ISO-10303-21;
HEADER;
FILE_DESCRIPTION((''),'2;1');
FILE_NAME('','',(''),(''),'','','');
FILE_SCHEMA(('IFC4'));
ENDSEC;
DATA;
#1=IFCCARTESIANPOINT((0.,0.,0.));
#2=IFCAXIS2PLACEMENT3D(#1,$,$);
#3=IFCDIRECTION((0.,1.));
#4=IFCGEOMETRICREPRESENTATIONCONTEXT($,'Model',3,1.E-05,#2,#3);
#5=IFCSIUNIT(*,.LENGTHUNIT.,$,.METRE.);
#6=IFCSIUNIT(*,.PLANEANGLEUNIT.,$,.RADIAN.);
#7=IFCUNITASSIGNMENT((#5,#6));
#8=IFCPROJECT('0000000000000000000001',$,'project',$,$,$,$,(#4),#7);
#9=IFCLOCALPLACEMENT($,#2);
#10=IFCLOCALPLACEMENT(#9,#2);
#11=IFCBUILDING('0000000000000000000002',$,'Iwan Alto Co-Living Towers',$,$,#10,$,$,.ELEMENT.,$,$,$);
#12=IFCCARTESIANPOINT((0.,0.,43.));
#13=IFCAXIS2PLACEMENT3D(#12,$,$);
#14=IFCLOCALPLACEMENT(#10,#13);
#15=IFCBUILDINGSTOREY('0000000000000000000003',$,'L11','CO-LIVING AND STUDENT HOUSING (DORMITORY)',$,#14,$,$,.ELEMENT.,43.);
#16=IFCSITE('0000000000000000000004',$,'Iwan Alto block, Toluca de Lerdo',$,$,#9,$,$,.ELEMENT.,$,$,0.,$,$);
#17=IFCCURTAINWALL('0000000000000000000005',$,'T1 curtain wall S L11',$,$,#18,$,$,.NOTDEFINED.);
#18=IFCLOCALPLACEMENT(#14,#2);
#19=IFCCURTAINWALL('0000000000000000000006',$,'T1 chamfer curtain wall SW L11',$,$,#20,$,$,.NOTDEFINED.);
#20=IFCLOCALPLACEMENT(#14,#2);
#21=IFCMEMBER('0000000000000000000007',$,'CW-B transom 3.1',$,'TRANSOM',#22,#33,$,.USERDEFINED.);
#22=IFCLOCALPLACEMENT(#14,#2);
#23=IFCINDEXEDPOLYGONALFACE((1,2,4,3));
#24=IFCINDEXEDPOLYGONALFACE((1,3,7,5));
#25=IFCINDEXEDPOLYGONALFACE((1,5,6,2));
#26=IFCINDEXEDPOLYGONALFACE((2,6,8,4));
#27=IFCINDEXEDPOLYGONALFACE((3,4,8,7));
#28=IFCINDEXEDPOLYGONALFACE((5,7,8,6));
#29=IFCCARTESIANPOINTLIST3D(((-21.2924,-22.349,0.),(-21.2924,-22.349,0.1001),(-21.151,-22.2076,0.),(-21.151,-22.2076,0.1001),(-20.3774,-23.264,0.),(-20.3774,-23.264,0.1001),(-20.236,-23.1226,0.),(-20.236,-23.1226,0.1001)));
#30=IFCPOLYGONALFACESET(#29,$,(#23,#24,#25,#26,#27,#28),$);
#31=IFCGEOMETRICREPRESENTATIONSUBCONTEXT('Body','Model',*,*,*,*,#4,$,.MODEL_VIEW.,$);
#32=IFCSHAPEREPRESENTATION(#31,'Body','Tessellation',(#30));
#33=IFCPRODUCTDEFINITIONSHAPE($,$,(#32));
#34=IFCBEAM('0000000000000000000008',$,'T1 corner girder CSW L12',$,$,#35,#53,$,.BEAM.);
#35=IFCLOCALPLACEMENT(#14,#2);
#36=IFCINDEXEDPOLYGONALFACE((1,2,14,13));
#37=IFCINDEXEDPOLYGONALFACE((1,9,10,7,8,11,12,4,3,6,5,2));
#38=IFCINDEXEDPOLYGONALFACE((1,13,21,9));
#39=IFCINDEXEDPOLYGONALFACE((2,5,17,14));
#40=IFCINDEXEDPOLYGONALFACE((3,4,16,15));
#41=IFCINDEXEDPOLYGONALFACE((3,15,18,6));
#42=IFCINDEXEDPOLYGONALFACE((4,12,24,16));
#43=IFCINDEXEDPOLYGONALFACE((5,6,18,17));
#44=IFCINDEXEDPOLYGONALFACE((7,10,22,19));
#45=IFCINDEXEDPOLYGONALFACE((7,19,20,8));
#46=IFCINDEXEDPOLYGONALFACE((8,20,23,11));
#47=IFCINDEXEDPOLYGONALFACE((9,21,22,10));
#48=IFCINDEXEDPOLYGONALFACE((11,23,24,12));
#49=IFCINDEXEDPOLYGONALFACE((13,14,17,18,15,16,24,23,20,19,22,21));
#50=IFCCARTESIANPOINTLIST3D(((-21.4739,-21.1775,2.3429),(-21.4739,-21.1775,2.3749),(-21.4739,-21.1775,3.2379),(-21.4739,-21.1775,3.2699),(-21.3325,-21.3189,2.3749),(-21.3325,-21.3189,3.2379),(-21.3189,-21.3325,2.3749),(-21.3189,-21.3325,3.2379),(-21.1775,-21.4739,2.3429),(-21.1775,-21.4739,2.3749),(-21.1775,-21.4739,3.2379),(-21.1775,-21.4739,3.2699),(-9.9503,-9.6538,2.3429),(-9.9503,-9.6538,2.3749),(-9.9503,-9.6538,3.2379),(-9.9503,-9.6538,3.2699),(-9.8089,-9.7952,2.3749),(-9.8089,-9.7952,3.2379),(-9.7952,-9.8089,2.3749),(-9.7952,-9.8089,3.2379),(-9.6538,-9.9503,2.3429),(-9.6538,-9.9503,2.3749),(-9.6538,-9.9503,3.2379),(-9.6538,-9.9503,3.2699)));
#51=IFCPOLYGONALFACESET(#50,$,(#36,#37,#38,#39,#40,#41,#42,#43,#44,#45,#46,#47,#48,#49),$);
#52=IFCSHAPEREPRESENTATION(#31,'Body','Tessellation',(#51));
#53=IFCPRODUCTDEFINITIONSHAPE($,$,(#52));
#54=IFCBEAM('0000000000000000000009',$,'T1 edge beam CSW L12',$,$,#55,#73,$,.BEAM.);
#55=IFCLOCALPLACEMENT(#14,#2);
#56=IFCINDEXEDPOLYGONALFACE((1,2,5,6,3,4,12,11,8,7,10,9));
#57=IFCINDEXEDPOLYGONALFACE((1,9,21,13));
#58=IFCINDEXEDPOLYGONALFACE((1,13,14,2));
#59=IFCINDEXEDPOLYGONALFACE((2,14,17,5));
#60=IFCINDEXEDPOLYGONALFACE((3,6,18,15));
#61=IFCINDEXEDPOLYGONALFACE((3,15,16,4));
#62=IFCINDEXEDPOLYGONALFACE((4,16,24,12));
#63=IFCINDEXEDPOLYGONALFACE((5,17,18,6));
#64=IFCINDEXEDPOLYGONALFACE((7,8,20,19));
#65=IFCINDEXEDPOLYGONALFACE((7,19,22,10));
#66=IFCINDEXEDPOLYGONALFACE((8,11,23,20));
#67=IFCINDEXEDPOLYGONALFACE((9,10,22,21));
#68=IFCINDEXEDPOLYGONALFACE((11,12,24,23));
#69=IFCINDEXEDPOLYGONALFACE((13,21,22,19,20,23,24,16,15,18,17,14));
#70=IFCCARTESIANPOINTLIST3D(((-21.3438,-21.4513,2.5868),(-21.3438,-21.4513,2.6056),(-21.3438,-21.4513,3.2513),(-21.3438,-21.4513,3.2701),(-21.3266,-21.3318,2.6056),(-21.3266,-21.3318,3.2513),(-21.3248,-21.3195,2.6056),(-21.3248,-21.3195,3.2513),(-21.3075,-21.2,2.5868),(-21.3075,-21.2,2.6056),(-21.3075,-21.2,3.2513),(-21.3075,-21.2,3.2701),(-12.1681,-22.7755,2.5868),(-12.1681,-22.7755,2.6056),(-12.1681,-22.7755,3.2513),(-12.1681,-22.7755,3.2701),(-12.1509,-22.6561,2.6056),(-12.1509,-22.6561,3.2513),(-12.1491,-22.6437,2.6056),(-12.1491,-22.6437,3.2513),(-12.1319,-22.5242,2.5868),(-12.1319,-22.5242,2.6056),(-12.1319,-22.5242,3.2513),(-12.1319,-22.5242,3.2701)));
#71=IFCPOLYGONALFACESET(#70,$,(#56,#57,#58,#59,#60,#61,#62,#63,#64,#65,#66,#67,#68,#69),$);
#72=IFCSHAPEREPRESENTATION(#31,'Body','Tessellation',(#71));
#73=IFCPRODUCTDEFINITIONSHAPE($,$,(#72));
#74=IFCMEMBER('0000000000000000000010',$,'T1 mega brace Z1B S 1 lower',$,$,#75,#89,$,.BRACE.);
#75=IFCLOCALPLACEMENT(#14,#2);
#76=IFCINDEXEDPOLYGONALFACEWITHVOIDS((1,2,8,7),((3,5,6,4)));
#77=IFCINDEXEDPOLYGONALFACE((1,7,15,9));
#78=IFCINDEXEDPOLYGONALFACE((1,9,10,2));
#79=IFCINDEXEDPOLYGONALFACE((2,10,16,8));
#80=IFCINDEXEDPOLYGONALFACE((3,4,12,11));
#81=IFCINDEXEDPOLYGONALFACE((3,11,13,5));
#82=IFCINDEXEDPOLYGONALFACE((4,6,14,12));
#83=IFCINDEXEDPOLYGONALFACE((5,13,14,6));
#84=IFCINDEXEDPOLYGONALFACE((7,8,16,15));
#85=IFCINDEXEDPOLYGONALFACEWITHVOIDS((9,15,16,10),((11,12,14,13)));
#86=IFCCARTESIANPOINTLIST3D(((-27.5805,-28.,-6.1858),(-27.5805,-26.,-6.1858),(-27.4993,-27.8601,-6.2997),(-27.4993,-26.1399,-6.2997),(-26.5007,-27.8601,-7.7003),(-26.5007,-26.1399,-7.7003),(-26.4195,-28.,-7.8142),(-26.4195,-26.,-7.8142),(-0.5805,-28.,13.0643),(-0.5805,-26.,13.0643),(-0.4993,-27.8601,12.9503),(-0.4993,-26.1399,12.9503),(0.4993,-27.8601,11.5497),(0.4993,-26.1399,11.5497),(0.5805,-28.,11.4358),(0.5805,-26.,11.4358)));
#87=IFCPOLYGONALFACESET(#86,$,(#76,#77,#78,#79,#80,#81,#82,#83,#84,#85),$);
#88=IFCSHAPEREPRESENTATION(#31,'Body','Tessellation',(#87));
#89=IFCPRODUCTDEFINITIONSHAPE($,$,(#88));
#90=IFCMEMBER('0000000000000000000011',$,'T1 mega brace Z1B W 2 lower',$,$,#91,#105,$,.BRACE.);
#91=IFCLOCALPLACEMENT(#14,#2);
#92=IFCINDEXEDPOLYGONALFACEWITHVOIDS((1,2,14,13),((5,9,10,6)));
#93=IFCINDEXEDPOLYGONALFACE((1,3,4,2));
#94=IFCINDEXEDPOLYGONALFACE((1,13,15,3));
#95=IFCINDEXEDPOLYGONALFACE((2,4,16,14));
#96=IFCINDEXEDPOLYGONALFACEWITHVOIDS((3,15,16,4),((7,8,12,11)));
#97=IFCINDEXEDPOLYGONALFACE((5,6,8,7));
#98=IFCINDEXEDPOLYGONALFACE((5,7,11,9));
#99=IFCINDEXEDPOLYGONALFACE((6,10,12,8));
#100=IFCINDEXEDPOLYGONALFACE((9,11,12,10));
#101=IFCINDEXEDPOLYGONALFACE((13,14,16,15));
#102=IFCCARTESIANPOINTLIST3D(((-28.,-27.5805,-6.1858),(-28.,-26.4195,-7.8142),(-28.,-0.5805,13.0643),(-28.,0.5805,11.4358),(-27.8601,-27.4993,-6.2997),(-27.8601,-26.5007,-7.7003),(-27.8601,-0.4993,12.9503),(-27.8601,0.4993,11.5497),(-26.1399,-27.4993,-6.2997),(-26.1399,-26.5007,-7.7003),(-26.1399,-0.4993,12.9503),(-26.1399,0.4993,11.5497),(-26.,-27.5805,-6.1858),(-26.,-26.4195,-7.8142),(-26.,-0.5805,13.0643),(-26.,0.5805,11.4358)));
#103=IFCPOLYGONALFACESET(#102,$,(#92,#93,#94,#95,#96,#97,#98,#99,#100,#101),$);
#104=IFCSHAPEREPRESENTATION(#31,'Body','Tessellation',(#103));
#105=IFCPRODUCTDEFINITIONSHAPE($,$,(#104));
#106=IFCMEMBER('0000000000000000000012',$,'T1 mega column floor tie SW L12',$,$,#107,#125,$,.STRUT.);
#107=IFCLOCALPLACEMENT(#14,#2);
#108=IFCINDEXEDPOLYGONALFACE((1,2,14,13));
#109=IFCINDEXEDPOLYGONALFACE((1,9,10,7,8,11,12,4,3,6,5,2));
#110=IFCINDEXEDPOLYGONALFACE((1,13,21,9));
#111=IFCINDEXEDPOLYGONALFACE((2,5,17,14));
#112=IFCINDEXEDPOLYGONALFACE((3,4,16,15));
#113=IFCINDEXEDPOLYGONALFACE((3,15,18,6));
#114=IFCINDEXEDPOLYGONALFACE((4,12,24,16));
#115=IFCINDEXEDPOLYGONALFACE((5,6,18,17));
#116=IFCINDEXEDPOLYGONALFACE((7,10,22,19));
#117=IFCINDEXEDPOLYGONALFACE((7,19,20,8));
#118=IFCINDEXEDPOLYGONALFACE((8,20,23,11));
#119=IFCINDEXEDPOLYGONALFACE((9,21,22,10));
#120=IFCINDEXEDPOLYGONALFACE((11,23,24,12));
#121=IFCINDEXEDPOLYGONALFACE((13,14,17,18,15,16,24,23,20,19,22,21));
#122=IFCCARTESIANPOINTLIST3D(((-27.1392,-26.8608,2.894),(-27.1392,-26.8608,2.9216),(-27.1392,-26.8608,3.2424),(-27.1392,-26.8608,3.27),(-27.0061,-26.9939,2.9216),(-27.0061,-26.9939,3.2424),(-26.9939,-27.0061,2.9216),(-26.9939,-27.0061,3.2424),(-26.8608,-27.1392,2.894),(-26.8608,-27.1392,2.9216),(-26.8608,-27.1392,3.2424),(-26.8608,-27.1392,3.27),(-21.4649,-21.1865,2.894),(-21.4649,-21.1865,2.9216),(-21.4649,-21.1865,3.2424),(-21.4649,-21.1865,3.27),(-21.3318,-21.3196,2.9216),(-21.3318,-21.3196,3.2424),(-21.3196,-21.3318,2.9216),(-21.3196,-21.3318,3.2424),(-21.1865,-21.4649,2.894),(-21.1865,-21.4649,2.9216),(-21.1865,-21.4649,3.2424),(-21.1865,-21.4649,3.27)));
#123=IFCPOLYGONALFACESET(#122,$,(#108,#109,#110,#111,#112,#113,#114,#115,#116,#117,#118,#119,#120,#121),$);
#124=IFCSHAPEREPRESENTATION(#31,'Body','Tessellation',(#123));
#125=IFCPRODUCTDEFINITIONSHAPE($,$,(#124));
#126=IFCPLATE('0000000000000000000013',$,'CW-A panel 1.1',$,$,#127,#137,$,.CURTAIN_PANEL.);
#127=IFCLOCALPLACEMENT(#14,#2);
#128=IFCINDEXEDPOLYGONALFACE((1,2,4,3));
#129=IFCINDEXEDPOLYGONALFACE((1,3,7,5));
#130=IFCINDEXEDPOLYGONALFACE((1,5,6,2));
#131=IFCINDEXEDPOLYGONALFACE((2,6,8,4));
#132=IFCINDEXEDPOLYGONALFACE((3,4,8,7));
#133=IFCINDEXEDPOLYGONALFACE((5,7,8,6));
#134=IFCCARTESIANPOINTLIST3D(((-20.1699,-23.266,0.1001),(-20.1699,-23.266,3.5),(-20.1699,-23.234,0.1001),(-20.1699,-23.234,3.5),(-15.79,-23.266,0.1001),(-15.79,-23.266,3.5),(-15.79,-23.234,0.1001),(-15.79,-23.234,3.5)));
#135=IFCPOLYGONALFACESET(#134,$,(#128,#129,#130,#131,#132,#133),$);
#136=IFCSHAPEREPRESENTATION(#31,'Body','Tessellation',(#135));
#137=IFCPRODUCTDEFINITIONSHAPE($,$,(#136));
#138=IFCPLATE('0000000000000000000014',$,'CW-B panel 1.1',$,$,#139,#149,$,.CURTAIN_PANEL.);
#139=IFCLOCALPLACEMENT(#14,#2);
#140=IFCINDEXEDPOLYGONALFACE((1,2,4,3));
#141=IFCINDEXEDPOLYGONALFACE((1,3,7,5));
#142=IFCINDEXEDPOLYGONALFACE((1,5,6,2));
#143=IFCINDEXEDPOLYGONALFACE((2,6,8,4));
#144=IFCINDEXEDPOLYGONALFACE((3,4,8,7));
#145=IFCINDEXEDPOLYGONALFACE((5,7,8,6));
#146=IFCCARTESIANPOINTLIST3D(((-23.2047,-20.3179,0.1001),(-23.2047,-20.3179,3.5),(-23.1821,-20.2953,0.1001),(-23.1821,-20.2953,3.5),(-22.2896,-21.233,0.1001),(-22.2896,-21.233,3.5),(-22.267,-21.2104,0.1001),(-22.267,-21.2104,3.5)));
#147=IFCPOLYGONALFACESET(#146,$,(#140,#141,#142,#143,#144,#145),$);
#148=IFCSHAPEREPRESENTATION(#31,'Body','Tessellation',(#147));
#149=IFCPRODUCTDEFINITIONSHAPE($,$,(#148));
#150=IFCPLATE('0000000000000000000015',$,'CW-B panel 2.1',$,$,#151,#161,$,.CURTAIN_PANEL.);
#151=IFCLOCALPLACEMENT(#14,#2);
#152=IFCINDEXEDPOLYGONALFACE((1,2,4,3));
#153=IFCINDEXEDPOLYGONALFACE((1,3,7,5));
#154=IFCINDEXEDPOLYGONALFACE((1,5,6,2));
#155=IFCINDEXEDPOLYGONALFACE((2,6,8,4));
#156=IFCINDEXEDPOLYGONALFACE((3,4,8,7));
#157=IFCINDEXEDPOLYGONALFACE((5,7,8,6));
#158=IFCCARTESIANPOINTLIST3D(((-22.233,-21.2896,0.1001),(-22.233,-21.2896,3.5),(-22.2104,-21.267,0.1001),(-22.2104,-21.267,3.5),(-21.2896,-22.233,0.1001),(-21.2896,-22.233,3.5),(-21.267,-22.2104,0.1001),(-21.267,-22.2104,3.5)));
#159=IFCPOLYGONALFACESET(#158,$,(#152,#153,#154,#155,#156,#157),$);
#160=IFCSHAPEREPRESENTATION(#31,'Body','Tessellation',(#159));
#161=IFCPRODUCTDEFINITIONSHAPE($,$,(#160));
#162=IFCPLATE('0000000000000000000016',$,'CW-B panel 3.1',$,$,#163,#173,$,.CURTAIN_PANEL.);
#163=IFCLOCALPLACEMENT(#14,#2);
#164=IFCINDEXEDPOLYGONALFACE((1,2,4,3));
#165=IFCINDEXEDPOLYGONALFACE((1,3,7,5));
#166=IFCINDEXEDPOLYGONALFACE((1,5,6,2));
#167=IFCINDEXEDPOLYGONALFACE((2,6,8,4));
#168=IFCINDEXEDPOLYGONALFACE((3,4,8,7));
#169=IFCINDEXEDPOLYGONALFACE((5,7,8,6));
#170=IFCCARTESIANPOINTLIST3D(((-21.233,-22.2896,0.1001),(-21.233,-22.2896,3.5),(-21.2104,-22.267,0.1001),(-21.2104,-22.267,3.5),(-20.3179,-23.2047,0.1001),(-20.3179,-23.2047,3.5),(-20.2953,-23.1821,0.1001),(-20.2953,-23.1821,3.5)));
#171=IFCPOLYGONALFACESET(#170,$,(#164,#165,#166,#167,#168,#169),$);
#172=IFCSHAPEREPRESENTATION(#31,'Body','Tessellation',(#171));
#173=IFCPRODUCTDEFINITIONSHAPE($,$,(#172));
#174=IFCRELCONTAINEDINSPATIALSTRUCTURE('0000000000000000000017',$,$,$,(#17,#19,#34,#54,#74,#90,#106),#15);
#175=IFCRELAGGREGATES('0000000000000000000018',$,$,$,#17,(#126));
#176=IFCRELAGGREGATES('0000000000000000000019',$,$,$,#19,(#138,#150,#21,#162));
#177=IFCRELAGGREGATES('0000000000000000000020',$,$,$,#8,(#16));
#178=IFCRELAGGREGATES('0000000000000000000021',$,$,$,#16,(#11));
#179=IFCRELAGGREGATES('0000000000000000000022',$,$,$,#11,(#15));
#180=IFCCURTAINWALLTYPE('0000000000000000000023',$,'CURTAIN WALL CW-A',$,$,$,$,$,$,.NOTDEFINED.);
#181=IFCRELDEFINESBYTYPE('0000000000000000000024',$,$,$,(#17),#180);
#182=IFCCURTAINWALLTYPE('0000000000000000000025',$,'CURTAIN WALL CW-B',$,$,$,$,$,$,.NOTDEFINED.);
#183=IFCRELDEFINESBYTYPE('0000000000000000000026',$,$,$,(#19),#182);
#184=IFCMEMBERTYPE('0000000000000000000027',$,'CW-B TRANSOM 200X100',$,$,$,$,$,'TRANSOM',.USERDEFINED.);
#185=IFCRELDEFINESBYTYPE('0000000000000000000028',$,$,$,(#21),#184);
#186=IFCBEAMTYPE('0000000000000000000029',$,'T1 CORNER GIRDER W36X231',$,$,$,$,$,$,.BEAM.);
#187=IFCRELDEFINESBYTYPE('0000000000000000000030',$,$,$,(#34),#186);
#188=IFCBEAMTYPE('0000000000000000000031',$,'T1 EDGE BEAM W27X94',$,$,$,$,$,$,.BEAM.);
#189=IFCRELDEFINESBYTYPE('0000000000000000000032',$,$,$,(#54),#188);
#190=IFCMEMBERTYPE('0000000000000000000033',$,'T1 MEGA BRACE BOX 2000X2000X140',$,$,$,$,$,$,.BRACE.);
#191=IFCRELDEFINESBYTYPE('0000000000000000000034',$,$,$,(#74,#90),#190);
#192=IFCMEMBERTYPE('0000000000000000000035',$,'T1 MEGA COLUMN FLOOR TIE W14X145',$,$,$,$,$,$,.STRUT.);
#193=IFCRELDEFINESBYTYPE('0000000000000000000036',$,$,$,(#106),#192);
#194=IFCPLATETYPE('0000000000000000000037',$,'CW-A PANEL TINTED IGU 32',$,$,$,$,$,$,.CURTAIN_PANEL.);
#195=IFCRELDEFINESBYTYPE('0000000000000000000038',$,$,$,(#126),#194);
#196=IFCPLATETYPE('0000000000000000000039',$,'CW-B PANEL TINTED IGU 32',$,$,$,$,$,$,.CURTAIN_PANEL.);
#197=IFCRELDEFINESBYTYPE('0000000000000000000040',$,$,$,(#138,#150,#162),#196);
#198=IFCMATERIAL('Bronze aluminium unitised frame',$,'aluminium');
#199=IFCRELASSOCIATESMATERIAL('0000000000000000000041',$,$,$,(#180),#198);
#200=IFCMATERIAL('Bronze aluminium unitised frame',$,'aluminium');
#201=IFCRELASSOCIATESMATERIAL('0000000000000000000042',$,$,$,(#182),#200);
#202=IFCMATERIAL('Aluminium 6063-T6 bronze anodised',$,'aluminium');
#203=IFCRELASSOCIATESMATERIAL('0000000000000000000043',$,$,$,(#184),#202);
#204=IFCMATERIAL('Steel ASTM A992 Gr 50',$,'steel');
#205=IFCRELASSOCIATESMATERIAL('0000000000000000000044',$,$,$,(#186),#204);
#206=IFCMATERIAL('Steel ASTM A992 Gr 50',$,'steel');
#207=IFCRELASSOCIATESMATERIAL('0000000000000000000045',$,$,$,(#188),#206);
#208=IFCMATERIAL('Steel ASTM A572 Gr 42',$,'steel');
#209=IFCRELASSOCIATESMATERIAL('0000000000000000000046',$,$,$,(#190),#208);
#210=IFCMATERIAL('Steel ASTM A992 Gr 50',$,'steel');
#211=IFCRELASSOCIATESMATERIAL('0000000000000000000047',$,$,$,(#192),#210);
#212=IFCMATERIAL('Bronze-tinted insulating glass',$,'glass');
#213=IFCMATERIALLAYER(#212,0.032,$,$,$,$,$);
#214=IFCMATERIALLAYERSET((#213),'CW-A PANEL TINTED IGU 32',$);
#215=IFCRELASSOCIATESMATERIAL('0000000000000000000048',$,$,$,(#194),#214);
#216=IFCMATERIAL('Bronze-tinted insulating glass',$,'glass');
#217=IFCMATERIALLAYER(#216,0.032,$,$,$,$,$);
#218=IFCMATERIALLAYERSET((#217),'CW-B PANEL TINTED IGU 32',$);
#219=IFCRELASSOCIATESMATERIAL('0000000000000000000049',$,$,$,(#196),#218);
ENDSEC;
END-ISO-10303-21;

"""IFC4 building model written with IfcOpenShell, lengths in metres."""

from ifc_helpers import new_model, si_unit, direction, frame, origin, origin_2d, place, context, subcontext, project, spatial, rectangle, hollow_rectangle, i_section, extrude, material, layer, layer_set, material_profile, profile_set, type_object, element, aggregate, save


model = new_model("IFC4")

# Units and contexts
model_context = context("Model", 3, precision=1e-05, world=origin(), true_north=direction((0.0, 1.0)))
body_context = subcontext(model_context, "Body", "Model", "MODEL_VIEW")
ifc_project = project(units=[si_unit("LENGTHUNIT", "METRE"), si_unit("PLANEANGLEUNIT", "RADIAN")], contexts=[model_context])

# Site, building, storey
site_placement = place(None, origin())
site = spatial("IfcSite", under=ifc_project, at=site_placement, Name="Iwan Alto block, Toluca de Lerdo", CompositionType="ELEMENT", RefElevation=0.0)
building_placement = place(site_placement, origin())
building = spatial("IfcBuilding", under=site, at=building_placement, Name="Iwan Alto Co-Living Towers", CompositionType="ELEMENT")
storey_placement = place(building_placement, frame((0.0, 0.0, 43.0)))
storey = spatial("IfcBuildingStorey", under=building, at=storey_placement, Name="L11", Description="CO-LIVING AND STUDENT HOUSING (DORMITORY)", CompositionType="ELEMENT", Elevation=43.0)

# Curtain wall
ifc_material_1 = material(Name="Bronze aluminium unitised frame", Category="aluminium")
curtain_wall_type_1 = type_object("IfcCurtainWallType", Name="CURTAIN WALL CW-A", PredefinedType="NOTDEFINED", material=ifc_material_1)
curtain_wall_1_placement = place(storey_placement, origin())
curtain_wall_1 = element("IfcCurtainWall", 1, at=curtain_wall_1_placement, inside=storey, type_object=curtain_wall_type_1, Name="T1 curtain wall S L11", PredefinedType="NOTDEFINED")

# Curtain wall, member
ifc_material_2 = material(Name="Bronze aluminium unitised frame", Category="aluminium")
curtain_wall_type_2 = type_object("IfcCurtainWallType", Name="CURTAIN WALL CW-B", PredefinedType="NOTDEFINED", material=ifc_material_2)
curtain_wall_2_placement = place(storey_placement, origin())
curtain_wall_2 = element("IfcCurtainWall", 2, at=curtain_wall_2_placement, inside=storey, type_object=curtain_wall_type_2, Name="T1 chamfer curtain wall SW L11", PredefinedType="NOTDEFINED")
ifc_material_3 = material(Name="Aluminium 6063-T6 bronze anodised", Category="aluminium")
ifc_material_profile_1 = material_profile(ifc_material_3, rectangle(XDim=0.2, YDim=0.1001, at=origin_2d()), Name="AL 200X100")
ifc_profile_set_1 = profile_set([ifc_material_profile_1], Name="Aluminium 6063-T6 bronze anodised")
member_type_1 = type_object("IfcMemberType", Name="CW-B TRANSOM 200X100", ElementType="TRANSOM", PredefinedType="USERDEFINED", material=ifc_profile_set_1)
member_1_placement = place(storey_placement, frame((-21.2217, -22.2783, 0.05), z_axis=(0.707107, -0.707107, 0.0), x_axis=(0.707107, 0.707107, 0.0)))
member_1 = element("IfcMember", 3, at=member_1_placement, type_object=member_type_1, Name="CW-B transom 3.1", ObjectType="TRANSOM", PredefinedType="USERDEFINED", context=body_context, shape_type="SweptSolid", body=[
    extrude(rectangle(XDim=0.2, YDim=0.1001, at=origin_2d()), origin(), (0.0, 0.0, 1.0), 1.2939),
])

# Beams
ifc_material_4 = material(Name="Steel ASTM A992 Gr 50", Category="steel")
ifc_material_profile_2 = material_profile(ifc_material_4, i_section(OverallWidth=0.4192, OverallDepth=0.927, WebThickness=0.0193, FlangeThickness=0.032, at=origin_2d()), Name="W36X231")
ifc_profile_set_2 = profile_set([ifc_material_profile_2], Name="Steel ASTM A992 Gr 50")
beam_type_1 = type_object("IfcBeamType", Name="T1 CORNER GIRDER W36X231", PredefinedType="BEAM", material=ifc_profile_set_2)
beam_1_placement = place(storey_placement, frame((-21.3257, -21.3257, 2.8064), z_axis=(0.707107, 0.707107, 0.0), x_axis=(-0.707107, 0.707107, 0.0)))
element("IfcBeam", 4, at=beam_1_placement, inside=storey, type_object=beam_type_1, Name="T1 corner girder CSW L12", PredefinedType="BEAM", context=body_context, shape_type="SweptSolid", body=[
    extrude(i_section(OverallWidth=0.4192, OverallDepth=0.927, WebThickness=0.0193, FlangeThickness=0.032, at=origin_2d()), origin(), (0.0, 0.0, 1.0), 16.2969),
])
ifc_material_5 = material(Name="Steel ASTM A992 Gr 50", Category="steel")
ifc_material_profile_3 = material_profile(ifc_material_5, i_section(OverallWidth=0.2539, OverallDepth=0.6833, WebThickness=0.0125, FlangeThickness=0.0188, at=origin_2d()), Name="W27X94")
ifc_profile_set_3 = profile_set([ifc_material_profile_3], Name="Steel ASTM A992 Gr 50")
beam_type_2 = type_object("IfcBeamType", Name="T1 EDGE BEAM W27X94", PredefinedType="BEAM", material=ifc_profile_set_3)
beam_2_placement = place(storey_placement, frame((-21.3257, -21.3257, 2.9285), z_axis=(0.989746, -0.142837, 0.0), x_axis=(0.142837, 0.989746, 0.0)))
element("IfcBeam", 5, at=beam_2_placement, inside=storey, type_object=beam_type_2, Name="T1 edge beam CSW L12", PredefinedType="BEAM", context=body_context, shape_type="SweptSolid", body=[
    extrude(i_section(OverallWidth=0.2539, OverallDepth=0.6833, WebThickness=0.0125, FlangeThickness=0.0188, at=origin_2d()), origin(), (0.0, 0.0, 1.0), 9.2708),
])

# Members
ifc_material_6 = material(Name="Steel ASTM A572 Gr 42", Category="steel")
ifc_material_profile_4 = material_profile(ifc_material_6, hollow_rectangle(XDim=2.0, YDim=2.0, WallThickness=0.1399, at=origin_2d()), Name="BOX 2000X2000X140")
ifc_profile_set_4 = profile_set([ifc_material_profile_4], Name="Steel ASTM A572 Gr 42")
member_type_2 = type_object("IfcMemberType", Name="T1 MEGA BRACE BOX 2000X2000X140", PredefinedType="BRACE", material=ifc_profile_set_4)
for number, where, z_axis, x_axis, name in (
    (6, (-27.0, -27.0, -7.0), (0.814243, 0.0, 0.580525), (0.0, 1.0, 0.0), "T1 mega brace Z1B S 1 lower"),
    (7, (-27.0, -27.0, -7.0), (0.0, 0.814243, 0.580525), (-1.0, 0.0, 0.0), "T1 mega brace Z1B W 2 lower"),
):
    element("IfcMember", number, at=place(storey_placement, frame(where, z_axis=z_axis, x_axis=x_axis)), inside=storey, type_object=member_type_2, Name=name, PredefinedType="BRACE", context=body_context, shape_type="SweptSolid", body=[
        extrude(hollow_rectangle(XDim=2.0, YDim=2.0, WallThickness=0.1399, at=origin_2d()), origin(), (0.0, 0.0, 1.0), 33.1597),
    ])
ifc_material_7 = material(Name="Steel ASTM A992 Gr 50", Category="steel")
ifc_material_profile_5 = material_profile(ifc_material_7, i_section(OverallWidth=0.3938, OverallDepth=0.376, WebThickness=0.0173, FlangeThickness=0.0276, at=origin_2d()), Name="W14X145")
ifc_profile_set_5 = profile_set([ifc_material_profile_5], Name="Steel ASTM A992 Gr 50")
member_type_3 = type_object("IfcMemberType", Name="T1 MEGA COLUMN FLOOR TIE W14X145", PredefinedType="STRUT", material=ifc_profile_set_5)
member_2_placement = place(storey_placement, frame((-27.0, -27.0, 3.082), z_axis=(0.707107, 0.707107, 0.0), x_axis=(-0.707107, 0.707107, 0.0)))
element("IfcMember", 8, at=member_2_placement, inside=storey, type_object=member_type_3, Name="T1 mega column floor tie SW L12", PredefinedType="STRUT", context=body_context, shape_type="SweptSolid", body=[
    extrude(i_section(OverallWidth=0.3938, OverallDepth=0.376, WebThickness=0.0173, FlangeThickness=0.0276, at=origin_2d()), origin(), (0.0, 0.0, 1.0), 8.0247),
])

# Plates
ifc_material_8 = material(Name="Bronze-tinted insulating glass", Category="glass")
ifc_layer_1 = layer(ifc_material_8, 0.032)
ifc_layer_set_1 = layer_set([ifc_layer_1], Name="CW-A PANEL TINTED IGU 32")
plate_type_1 = type_object("IfcPlateType", Name="CW-A PANEL TINTED IGU 32", PredefinedType="CURTAIN_PANEL", material=ifc_layer_set_1)
plate_1_placement = place(storey_placement, frame((-17.98, -23.25, 0.1001), z_axis=(0.0, 0.0, 1.0), x_axis=(1.0, 0.0, 0.0)))
plate_1 = element("IfcPlate", 9, at=plate_1_placement, type_object=plate_type_1, Name="CW-A panel 1.1", PredefinedType="CURTAIN_PANEL", context=body_context, shape_type="SweptSolid", body=[
    extrude(rectangle(XDim=4.3799, YDim=0.032, at=origin_2d()), origin(), (0.0, 0.0, 1.0), 3.3999),
])
aggregate(curtain_wall_1, [plate_1])
ifc_material_9 = material(Name="Bronze-tinted insulating glass", Category="glass")
ifc_layer_2 = layer(ifc_material_9, 0.032)
ifc_layer_set_2 = layer_set([ifc_layer_2], Name="CW-B PANEL TINTED IGU 32")
plate_type_2 = type_object("IfcPlateType", Name="CW-B PANEL TINTED IGU 32", PredefinedType="CURTAIN_PANEL", material=ifc_layer_set_2)
plate_2_placement = place(storey_placement, frame((-22.7358, -20.7642, 0.1001), z_axis=(0.0, 0.0, 1.0), x_axis=(0.707107, -0.707107, 0.0)))
plate_2 = element("IfcPlate", 10, at=plate_2_placement, type_object=plate_type_2, Name="CW-B panel 1.1", PredefinedType="CURTAIN_PANEL", context=body_context, shape_type="SweptSolid", body=[
    extrude(rectangle(XDim=1.2942, YDim=0.032, at=origin_2d()), origin(), (0.0, 0.0, 1.0), 3.3999),
])
plate_3_placement = place(storey_placement, frame((-21.75, -21.75, 0.1001), z_axis=(0.0, 0.0, 1.0), x_axis=(0.707107, -0.707107, 0.0)))
plate_3 = element("IfcPlate", 11, at=plate_3_placement, type_object=plate_type_2, Name="CW-B panel 2.1", PredefinedType="CURTAIN_PANEL", context=body_context, shape_type="SweptSolid", body=[
    extrude(rectangle(XDim=1.3342, YDim=0.032, at=origin_2d()), origin(), (0.0, 0.0, 1.0), 3.3999),
])
plate_4_placement = place(storey_placement, frame((-20.7642, -22.7358, 0.1001), z_axis=(0.0, 0.0, 1.0), x_axis=(0.707107, -0.707107, 0.0)))
plate_4 = element("IfcPlate", 12, at=plate_4_placement, type_object=plate_type_2, Name="CW-B panel 3.1", PredefinedType="CURTAIN_PANEL", context=body_context, shape_type="SweptSolid", body=[
    extrude(rectangle(XDim=1.2942, YDim=0.032, at=origin_2d()), origin(), (0.0, 0.0, 1.0), 3.3999),
])
aggregate(curtain_wall_2, [plate_2, plate_3, member_1, plate_4])

save(model, "model.ifc")
